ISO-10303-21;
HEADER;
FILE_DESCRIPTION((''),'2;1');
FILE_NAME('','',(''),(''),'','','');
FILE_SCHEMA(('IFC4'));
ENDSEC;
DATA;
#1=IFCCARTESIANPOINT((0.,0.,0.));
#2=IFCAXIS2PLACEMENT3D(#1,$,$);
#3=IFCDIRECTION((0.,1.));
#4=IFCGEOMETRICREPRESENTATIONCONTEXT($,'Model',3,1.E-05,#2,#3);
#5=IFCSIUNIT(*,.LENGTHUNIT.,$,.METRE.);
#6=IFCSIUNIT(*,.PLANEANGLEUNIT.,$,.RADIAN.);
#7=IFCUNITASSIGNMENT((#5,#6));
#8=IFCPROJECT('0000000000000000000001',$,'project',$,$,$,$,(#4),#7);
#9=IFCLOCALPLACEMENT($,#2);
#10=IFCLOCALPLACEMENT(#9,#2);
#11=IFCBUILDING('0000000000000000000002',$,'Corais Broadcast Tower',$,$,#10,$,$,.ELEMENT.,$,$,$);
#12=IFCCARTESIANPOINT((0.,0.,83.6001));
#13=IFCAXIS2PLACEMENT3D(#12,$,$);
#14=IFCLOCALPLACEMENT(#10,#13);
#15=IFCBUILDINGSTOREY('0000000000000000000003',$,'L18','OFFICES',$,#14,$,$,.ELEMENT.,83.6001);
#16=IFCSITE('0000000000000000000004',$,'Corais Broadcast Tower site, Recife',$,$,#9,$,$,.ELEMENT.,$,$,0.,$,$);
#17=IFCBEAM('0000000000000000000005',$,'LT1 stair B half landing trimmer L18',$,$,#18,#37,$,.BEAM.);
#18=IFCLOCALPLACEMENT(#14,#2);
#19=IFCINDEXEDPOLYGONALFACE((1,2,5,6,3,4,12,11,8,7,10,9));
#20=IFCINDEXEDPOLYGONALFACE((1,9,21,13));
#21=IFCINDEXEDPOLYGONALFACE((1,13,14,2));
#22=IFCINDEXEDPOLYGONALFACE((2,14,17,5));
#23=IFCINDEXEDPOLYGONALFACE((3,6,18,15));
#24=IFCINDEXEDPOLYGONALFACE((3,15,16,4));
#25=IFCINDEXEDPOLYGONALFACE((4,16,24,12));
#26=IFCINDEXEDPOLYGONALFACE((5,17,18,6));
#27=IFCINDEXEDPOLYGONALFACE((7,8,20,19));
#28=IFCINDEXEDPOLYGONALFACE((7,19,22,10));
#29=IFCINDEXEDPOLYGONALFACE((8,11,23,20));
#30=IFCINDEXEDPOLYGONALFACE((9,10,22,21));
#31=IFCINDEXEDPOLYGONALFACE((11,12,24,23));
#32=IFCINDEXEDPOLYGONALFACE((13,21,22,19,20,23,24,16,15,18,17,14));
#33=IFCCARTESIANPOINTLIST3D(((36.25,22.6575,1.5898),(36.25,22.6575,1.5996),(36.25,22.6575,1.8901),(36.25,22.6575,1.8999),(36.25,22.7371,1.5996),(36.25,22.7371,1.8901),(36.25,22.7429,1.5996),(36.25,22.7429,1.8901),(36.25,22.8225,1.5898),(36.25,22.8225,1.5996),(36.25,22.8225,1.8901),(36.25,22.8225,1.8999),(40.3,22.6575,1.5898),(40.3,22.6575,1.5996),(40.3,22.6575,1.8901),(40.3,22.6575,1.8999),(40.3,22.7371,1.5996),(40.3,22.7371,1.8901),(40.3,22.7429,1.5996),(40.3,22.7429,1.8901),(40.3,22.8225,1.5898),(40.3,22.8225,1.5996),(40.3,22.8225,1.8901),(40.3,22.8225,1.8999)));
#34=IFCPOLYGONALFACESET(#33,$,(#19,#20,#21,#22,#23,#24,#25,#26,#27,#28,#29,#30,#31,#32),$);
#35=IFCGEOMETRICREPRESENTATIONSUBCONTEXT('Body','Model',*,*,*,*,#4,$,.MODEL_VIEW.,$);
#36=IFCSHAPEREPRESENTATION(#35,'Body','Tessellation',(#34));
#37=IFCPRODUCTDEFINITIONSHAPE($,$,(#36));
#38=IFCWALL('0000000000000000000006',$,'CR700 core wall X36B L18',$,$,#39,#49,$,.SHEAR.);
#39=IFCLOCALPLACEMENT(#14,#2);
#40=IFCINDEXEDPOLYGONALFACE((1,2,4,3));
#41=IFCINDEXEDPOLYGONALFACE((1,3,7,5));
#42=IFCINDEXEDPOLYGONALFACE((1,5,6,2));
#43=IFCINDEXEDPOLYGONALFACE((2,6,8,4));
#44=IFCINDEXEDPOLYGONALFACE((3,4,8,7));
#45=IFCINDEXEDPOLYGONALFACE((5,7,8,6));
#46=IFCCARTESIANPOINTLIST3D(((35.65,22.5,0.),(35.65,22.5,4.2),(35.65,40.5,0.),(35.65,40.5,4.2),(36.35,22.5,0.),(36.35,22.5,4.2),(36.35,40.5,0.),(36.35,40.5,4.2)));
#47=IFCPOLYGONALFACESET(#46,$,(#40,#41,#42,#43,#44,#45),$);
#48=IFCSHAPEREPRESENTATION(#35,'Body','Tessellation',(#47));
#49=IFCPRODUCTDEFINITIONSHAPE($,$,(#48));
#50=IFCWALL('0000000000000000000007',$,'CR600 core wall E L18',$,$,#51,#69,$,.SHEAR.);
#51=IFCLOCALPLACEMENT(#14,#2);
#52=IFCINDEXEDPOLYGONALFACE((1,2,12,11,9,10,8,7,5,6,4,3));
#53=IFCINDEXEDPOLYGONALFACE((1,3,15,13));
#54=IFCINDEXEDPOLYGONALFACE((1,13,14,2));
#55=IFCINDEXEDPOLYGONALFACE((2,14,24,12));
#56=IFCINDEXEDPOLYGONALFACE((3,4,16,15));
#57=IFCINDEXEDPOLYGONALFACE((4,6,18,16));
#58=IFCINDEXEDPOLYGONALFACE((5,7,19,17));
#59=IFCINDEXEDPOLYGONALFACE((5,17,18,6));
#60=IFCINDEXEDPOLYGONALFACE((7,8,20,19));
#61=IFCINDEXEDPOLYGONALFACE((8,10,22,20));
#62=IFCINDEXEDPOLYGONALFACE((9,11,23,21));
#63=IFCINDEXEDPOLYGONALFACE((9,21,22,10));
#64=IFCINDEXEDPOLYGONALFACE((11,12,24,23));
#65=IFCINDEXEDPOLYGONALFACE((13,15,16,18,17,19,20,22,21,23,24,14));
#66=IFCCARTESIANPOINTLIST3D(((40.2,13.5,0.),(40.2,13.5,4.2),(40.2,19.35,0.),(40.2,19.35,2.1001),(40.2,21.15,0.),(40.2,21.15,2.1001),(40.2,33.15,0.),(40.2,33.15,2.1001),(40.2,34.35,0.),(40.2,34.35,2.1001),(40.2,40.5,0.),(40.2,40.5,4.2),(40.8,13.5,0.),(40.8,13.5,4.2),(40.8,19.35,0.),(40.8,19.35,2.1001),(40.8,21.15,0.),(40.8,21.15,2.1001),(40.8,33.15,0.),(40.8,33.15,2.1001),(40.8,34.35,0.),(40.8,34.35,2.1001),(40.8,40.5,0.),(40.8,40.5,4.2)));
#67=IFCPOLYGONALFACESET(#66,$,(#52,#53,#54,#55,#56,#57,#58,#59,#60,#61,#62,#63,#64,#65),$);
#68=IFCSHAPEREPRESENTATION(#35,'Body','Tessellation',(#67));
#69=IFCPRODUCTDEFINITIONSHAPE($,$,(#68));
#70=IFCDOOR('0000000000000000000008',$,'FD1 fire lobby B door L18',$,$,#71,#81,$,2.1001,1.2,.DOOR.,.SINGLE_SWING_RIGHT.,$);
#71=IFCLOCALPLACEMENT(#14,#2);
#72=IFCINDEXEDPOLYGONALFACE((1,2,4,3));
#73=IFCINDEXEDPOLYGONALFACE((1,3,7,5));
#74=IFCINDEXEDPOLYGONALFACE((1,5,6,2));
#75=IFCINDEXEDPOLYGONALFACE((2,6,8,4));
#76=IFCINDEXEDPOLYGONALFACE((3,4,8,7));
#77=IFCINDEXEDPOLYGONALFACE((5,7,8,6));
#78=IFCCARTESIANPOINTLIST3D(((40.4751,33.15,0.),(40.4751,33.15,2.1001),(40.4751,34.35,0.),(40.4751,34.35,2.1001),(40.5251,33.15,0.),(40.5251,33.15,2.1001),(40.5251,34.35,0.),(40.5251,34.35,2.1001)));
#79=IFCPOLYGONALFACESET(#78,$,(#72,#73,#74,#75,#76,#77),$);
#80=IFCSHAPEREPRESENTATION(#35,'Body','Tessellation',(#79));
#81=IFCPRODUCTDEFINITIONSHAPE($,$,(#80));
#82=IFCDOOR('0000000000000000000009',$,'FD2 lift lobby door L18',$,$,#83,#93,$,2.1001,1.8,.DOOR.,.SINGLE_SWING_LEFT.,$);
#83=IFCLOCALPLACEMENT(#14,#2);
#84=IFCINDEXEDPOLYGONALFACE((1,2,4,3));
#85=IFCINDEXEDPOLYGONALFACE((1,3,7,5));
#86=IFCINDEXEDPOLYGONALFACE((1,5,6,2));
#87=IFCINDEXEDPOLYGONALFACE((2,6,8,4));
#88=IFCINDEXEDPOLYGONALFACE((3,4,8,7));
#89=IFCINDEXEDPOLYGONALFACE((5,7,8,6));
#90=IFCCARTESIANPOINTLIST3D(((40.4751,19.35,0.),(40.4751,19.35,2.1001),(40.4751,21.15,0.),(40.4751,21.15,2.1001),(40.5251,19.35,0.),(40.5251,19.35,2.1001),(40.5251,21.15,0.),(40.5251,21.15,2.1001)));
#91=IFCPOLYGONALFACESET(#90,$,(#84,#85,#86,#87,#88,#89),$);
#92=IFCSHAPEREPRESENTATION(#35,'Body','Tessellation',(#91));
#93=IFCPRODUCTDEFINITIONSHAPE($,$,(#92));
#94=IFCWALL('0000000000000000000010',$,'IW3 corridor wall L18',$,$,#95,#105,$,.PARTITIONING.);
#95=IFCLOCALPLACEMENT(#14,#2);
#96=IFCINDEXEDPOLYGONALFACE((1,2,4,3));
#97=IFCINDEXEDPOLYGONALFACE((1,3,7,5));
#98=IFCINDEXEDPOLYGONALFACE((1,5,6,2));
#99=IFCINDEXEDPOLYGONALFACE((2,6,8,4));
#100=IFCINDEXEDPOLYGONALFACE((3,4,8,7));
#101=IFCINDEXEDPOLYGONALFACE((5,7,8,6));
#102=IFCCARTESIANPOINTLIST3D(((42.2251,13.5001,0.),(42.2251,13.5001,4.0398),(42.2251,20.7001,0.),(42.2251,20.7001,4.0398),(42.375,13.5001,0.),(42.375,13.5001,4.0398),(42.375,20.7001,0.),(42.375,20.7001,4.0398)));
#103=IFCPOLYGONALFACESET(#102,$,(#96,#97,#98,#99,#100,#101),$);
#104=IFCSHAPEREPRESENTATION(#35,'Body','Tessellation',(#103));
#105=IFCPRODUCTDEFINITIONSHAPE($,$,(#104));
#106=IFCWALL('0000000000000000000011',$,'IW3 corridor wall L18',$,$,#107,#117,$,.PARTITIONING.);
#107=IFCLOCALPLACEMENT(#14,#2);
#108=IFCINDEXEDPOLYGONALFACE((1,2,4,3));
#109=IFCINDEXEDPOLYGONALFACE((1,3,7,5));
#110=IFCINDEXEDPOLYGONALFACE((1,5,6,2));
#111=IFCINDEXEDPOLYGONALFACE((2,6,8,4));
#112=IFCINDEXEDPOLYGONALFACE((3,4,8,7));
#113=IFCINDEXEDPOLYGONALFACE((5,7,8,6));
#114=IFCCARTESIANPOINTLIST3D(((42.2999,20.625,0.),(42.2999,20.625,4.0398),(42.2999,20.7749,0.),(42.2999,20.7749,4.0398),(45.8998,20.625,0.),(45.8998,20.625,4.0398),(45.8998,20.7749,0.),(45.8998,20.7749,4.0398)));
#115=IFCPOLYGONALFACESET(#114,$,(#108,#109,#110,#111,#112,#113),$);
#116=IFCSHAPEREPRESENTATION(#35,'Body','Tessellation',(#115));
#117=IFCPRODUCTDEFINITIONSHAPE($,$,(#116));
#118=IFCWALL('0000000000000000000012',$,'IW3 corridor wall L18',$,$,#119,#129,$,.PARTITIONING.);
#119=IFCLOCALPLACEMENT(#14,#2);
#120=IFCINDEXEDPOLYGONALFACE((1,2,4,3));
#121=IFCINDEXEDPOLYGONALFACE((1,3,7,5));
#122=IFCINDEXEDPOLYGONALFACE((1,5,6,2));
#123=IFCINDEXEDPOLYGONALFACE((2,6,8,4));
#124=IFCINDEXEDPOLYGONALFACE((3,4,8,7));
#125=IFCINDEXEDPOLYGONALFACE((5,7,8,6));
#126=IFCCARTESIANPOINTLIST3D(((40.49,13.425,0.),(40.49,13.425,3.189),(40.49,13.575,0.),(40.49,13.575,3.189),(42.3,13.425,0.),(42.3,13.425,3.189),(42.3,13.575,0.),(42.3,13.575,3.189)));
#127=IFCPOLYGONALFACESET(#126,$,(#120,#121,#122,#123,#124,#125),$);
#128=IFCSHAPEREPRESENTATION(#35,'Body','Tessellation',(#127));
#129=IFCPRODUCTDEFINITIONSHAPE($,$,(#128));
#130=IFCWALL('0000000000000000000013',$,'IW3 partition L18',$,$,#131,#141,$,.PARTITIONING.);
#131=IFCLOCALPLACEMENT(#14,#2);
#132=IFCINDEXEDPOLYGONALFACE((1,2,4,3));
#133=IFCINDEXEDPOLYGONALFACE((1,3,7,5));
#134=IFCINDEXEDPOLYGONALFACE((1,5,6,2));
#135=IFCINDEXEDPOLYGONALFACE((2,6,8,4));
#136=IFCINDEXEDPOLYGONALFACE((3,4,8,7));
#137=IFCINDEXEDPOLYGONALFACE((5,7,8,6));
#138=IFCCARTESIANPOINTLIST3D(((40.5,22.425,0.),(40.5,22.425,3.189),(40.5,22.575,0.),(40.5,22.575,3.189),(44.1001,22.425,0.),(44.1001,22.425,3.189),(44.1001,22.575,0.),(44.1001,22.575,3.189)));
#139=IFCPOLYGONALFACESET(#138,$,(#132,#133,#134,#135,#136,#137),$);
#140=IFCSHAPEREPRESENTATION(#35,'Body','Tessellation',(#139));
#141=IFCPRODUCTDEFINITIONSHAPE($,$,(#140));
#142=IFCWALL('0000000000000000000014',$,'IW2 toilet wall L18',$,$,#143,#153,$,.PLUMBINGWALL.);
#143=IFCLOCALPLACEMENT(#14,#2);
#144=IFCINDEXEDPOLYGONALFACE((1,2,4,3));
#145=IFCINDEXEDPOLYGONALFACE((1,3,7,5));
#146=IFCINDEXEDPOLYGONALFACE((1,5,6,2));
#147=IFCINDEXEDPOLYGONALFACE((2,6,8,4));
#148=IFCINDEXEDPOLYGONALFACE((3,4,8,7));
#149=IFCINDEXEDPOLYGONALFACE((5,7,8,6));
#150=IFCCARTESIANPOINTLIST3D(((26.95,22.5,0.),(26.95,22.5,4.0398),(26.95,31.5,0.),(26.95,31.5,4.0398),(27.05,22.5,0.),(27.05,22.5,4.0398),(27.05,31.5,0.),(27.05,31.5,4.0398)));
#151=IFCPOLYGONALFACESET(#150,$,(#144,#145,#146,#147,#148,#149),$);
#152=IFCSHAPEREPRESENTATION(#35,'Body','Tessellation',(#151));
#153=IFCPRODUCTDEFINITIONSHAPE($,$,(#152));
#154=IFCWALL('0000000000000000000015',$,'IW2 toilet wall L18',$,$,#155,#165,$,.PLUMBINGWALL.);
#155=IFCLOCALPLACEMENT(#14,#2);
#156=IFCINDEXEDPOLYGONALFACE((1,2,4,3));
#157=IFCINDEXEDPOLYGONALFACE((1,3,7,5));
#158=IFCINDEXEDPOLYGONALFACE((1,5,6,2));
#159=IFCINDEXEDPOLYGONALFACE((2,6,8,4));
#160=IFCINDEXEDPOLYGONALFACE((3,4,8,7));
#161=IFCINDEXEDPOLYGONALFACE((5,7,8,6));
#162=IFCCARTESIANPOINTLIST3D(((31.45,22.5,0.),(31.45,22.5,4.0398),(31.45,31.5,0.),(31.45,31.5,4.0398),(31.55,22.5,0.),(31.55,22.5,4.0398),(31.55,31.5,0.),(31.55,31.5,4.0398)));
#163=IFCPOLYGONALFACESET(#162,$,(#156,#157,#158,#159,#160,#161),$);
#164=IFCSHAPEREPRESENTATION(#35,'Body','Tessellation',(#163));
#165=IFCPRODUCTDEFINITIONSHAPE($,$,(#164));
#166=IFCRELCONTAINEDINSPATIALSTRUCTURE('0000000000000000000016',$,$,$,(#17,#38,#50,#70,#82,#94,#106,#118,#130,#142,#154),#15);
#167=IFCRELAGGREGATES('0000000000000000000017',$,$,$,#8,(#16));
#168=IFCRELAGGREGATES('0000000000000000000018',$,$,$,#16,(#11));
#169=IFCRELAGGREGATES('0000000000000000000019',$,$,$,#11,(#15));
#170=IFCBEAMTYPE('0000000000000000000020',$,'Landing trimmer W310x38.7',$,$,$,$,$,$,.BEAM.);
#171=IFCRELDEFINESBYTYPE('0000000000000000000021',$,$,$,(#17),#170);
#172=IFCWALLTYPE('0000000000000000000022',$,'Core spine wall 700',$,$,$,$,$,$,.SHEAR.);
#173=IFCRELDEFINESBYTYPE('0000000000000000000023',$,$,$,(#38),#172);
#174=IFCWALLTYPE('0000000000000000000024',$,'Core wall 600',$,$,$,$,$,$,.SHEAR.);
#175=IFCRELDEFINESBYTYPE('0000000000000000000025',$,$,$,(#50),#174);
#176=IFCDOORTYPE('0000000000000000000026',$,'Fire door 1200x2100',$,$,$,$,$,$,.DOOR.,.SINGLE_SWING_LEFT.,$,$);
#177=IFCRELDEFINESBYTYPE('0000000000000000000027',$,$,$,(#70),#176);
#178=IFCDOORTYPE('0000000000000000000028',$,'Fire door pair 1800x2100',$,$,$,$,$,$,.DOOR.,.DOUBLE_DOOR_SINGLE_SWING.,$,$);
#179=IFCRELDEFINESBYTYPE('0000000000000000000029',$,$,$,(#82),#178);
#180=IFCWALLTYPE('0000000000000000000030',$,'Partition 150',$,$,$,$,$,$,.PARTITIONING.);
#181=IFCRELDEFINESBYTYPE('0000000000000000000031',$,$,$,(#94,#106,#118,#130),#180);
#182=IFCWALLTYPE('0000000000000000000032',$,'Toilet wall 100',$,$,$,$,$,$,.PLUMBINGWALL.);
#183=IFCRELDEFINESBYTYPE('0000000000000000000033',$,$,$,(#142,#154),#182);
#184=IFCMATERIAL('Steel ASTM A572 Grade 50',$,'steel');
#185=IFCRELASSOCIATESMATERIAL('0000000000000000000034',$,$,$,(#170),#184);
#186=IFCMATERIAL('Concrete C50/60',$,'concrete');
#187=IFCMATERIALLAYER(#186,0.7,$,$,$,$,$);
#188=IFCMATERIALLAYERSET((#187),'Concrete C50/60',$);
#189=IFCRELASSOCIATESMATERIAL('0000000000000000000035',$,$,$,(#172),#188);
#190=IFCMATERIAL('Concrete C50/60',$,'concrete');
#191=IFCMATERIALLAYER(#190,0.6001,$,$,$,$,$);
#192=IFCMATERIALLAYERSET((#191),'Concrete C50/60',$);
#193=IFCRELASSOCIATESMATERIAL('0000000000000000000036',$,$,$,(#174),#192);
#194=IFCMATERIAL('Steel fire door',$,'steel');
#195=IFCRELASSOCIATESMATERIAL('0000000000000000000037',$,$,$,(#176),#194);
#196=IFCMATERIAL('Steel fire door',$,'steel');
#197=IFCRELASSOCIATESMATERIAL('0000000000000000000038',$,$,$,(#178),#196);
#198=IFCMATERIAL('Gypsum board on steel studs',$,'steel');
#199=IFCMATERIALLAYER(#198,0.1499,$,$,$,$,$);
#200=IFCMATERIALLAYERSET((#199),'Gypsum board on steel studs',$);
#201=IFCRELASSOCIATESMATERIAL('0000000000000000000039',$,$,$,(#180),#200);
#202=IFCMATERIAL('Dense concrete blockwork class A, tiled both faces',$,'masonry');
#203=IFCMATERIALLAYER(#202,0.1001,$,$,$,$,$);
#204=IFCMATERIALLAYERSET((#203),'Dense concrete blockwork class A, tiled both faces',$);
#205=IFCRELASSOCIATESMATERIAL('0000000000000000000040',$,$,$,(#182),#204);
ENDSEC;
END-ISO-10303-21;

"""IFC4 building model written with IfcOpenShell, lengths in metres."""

from ifc_helpers import new_model, si_unit, direction, frame, frame_2d, origin, origin_2d, place, context, subcontext, project, spatial, rectangle, i_section, extrude, material, layer, layer_set, material_profile, profile_set, type_object, element, fill, save


model = new_model("IFC4")

# Units and contexts
model_context = context("Model", 3, precision=1e-05, world=origin(), true_north=direction((0.0, 1.0)))
body_context = subcontext(model_context, "Body", "Model", "MODEL_VIEW")
ifc_project = project(units=[si_unit("LENGTHUNIT", "METRE"), si_unit("PLANEANGLEUNIT", "RADIAN")], contexts=[model_context])

# Site, building, storey
site_placement = place(None, origin())
site = spatial("IfcSite", under=ifc_project, at=site_placement, Name="Corais Broadcast Tower site, Recife", CompositionType="ELEMENT", RefElevation=0.0)
building_placement = place(site_placement, origin())
building = spatial("IfcBuilding", under=site, at=building_placement, Name="Corais Broadcast Tower", CompositionType="ELEMENT")
storey_placement = place(building_placement, frame((0.0, 0.0, 83.6001)))
storey = spatial("IfcBuildingStorey", under=building, at=storey_placement, Name="L18", Description="OFFICES", CompositionType="ELEMENT", Elevation=83.6001)

# Beam
ifc_material_1 = material(Name="Steel ASTM A572 Grade 50", Category="steel")
ifc_material_profile = material_profile(ifc_material_1, i_section(OverallWidth=0.165, OverallDepth=0.3101, WebThickness=0.0059, FlangeThickness=0.0098, at=origin_2d()), Name="W310x38.7")
ifc_profile_set = profile_set([ifc_material_profile], Name="Steel ASTM A572 Grade 50")
beam_type = type_object("IfcBeamType", Name="Landing trimmer W310x38.7", PredefinedType="BEAM", material=ifc_profile_set)
beam_placement = place(storey_placement, frame((36.25, 22.74, 1.7449), z_axis=(1.0, 0.0, 0.0), x_axis=(0.0, 1.0, 0.0)))
element("IfcBeam", 1, at=beam_placement, inside=storey, type_object=beam_type, Name="LT1 stair B half landing trimmer L18", PredefinedType="BEAM", context=body_context, shape_type="SweptSolid", body=[
    extrude(i_section(OverallWidth=0.165, OverallDepth=0.3101, WebThickness=0.0059, FlangeThickness=0.0098, at=origin_2d()), origin(), (0.0, 0.0, 1.0), 4.05),
])

# Wall
ifc_material_2 = material(Name="Concrete C50/60", Category="concrete")
ifc_layer_1 = layer(ifc_material_2, 0.7)
ifc_layer_set_1 = layer_set([ifc_layer_1], Name="Concrete C50/60")
wall_type_1 = type_object("IfcWallType", Name="Core spine wall 700", PredefinedType="SHEAR", material=ifc_layer_set_1)
wall_1_placement = place(storey_placement, frame((36.0, 22.5, 0.0), z_axis=(0.0, 0.0, 1.0), x_axis=(0.0, 1.0, 0.0)))
element("IfcWall", 2, at=wall_1_placement, inside=storey, type_object=wall_type_1, Name="CR700 core wall X36B L18", PredefinedType="SHEAR", context=body_context, shape_type="SweptSolid", body=[
    extrude(rectangle(XDim=18.0, YDim=0.7, at=frame_2d((9.0, 0.0))), origin(), (0.0, 0.0, 1.0), 4.2),
])

# Wall, openings, doors
ifc_material_3 = material(Name="Concrete C50/60", Category="concrete")
ifc_layer_2 = layer(ifc_material_3, 0.6001)
ifc_layer_set_2 = layer_set([ifc_layer_2], Name="Concrete C50/60")
wall_type_2 = type_object("IfcWallType", Name="Core wall 600", PredefinedType="SHEAR", material=ifc_layer_set_2)
wall_2_placement = place(storey_placement, frame((40.5, 13.5, 0.0), z_axis=(0.0, 0.0, 1.0), x_axis=(0.0, 1.0, 0.0)))
wall_2 = element("IfcWall", 3, at=wall_2_placement, inside=storey, type_object=wall_type_2, Name="CR600 core wall E L18", PredefinedType="SHEAR", context=body_context, shape_type="SweptSolid", body=[
    extrude(rectangle(XDim=27.0, YDim=0.6001, at=frame_2d((13.5, 0.0))), origin(), (0.0, 0.0, 1.0), 4.2),
])
opening_1_placement = place(wall_2_placement, frame((5.8501, 0.0, 0.0)))
opening_1 = element("IfcOpeningElement", 4, at=opening_1_placement, cuts=wall_2, PredefinedType="OPENING", context=body_context, shape_type="SweptSolid", body=[
    extrude(rectangle(XDim=1.8, YDim=2.1001, at=frame_2d((0.8999, 1.05))), frame((0.0, 0.3101, 0.0), z_axis=(0.0, -1.0, 0.0), x_axis=(1.0, 0.0, 0.0)), (0.0, 0.0, 1.0), 0.6201),
])
opening_2_placement = place(wall_2_placement, frame((19.6499, 0.0, 0.0)))
opening_2 = element("IfcOpeningElement", 5, at=opening_2_placement, cuts=wall_2, PredefinedType="OPENING", context=body_context, shape_type="SweptSolid", body=[
    extrude(rectangle(XDim=1.2, YDim=2.1001, at=frame_2d((0.6001, 1.05))), frame((0.0, 0.3101, 0.0), z_axis=(0.0, -1.0, 0.0), x_axis=(1.0, 0.0, 0.0)), (0.0, 0.0, 1.0), 0.6201),
])
ifc_material_4 = material(Name="Steel fire door", Category="steel")
door_type_1 = type_object("IfcDoorType", Name="Fire door 1200x2100", OperationType="SINGLE_SWING_LEFT", PredefinedType="DOOR", material=ifc_material_4)
door_1_placement = place(opening_2_placement, origin())
door_1 = element("IfcDoor", 6, at=door_1_placement, inside=storey, type_object=door_type_1, Name="FD1 fire lobby B door L18", OperationType="SINGLE_SWING_RIGHT", OverallHeight=2.1001, OverallWidth=1.2, PredefinedType="DOOR", context=body_context, shape_type="SweptSolid", body=[
    extrude(rectangle(XDim=1.2, YDim=2.1001, at=frame_2d((0.6001, 1.05))), frame((0.0, 0.0249, 0.0), z_axis=(0.0, -1.0, 0.0), x_axis=(1.0, 0.0, 0.0)), (0.0, 0.0, 1.0), 0.05),
])
fill(opening_2, door_1)
ifc_material_5 = material(Name="Steel fire door", Category="steel")
door_type_2 = type_object("IfcDoorType", Name="Fire door pair 1800x2100", OperationType="DOUBLE_DOOR_SINGLE_SWING", PredefinedType="DOOR", material=ifc_material_5)
door_2_placement = place(opening_1_placement, origin())
door_2 = element("IfcDoor", 7, at=door_2_placement, inside=storey, type_object=door_type_2, Name="FD2 lift lobby door L18", OperationType="SINGLE_SWING_LEFT", OverallHeight=2.1001, OverallWidth=1.8, PredefinedType="DOOR", context=body_context, shape_type="SweptSolid", body=[
    extrude(rectangle(XDim=1.8, YDim=2.1001, at=frame_2d((0.8999, 1.05))), frame((0.0, 0.0249, 0.0), z_axis=(0.0, -1.0, 0.0), x_axis=(1.0, 0.0, 0.0)), (0.0, 0.0, 1.0), 0.05),
])
fill(opening_1, door_2)

# Walls
ifc_material_6 = material(Name="Gypsum board on steel studs", Category="steel")
ifc_layer_3 = layer(ifc_material_6, 0.1499)
ifc_layer_set_3 = layer_set([ifc_layer_3], Name="Gypsum board on steel studs")
wall_type_3 = type_object("IfcWallType", Name="Partition 150", PredefinedType="PARTITIONING", material=ifc_layer_set_3)
wall_3_placement = place(storey_placement, frame((42.3, 13.5, 0.0), z_axis=(0.0, 0.0, 1.0), x_axis=(0.0, 1.0, 0.0)))
element("IfcWall", 8, at=wall_3_placement, inside=storey, type_object=wall_type_3, Name="IW3 corridor wall L18", PredefinedType="PARTITIONING", context=body_context, shape_type="SweptSolid", body=[
    extrude(rectangle(XDim=7.2, YDim=0.1499, at=frame_2d((3.6001, 0.0))), origin(), (0.0, 0.0, 1.0), 4.0398),
])
wall_4_placement = place(storey_placement, frame((42.3, 20.7, 0.0), z_axis=(0.0, 0.0, 1.0), x_axis=(1.0, 0.0, 0.0)))
element("IfcWall", 9, at=wall_4_placement, inside=storey, type_object=wall_type_3, Name="IW3 corridor wall L18", PredefinedType="PARTITIONING", context=body_context, shape_type="SweptSolid", body=[
    extrude(rectangle(XDim=3.5999, YDim=0.1499, at=frame_2d((1.7998, 0.0))), origin(), (0.0, 0.0, 1.0), 4.0398),
])
wall_5_placement = place(storey_placement, frame((40.49, 13.5, 0.0), z_axis=(0.0, 0.0, 1.0), x_axis=(1.0, 0.0, 0.0)))
element("IfcWall", 10, at=wall_5_placement, inside=storey, type_object=wall_type_3, Name="IW3 corridor wall L18", PredefinedType="PARTITIONING", context=body_context, shape_type="SweptSolid", body=[
    extrude(rectangle(XDim=1.8101, YDim=0.1499, at=frame_2d((0.905, 0.0))), origin(), (0.0, 0.0, 1.0), 3.189),
])
wall_6_placement = place(storey_placement, frame((40.5, 22.5, 0.0), z_axis=(0.0, 0.0, 1.0), x_axis=(1.0, 0.0, 0.0)))
element("IfcWall", 11, at=wall_6_placement, inside=storey, type_object=wall_type_3, Name="IW3 partition L18", PredefinedType="PARTITIONING", context=body_context, shape_type="SweptSolid", body=[
    extrude(rectangle(XDim=3.6001, YDim=0.1499, at=frame_2d((1.8, 0.0))), origin(), (0.0, 0.0, 1.0), 3.189),
])
ifc_material_7 = material(Name="Dense concrete blockwork class A, tiled both faces", Category="masonry")
ifc_layer_4 = layer(ifc_material_7, 0.1001)
ifc_layer_set_4 = layer_set([ifc_layer_4], Name="Dense concrete blockwork class A, tiled both faces")
wall_type_4 = type_object("IfcWallType", Name="Toilet wall 100", PredefinedType="PLUMBINGWALL", material=ifc_layer_set_4)
for number, where, z_axis, x_axis, name in (
    (12, (27.0, 22.5, 0.0), (0.0, 0.0, 1.0), (0.0, 1.0, 0.0), "IW2 toilet wall L18"),
    (13, (31.5, 22.5, 0.0), (0.0, 0.0, 1.0), (0.0, 1.0, 0.0), "IW2 toilet wall L18"),
):
    element("IfcWall", number, at=place(storey_placement, frame(where, z_axis=z_axis, x_axis=x_axis)), inside=storey, type_object=wall_type_4, Name=name, PredefinedType="PLUMBINGWALL", context=body_context, shape_type="SweptSolid", body=[
        extrude(rectangle(XDim=9.0, YDim=0.1001, at=frame_2d((4.5, 0.0))), origin(), (0.0, 0.0, 1.0), 4.0398),
    ])

save(model, "model.ifc")
